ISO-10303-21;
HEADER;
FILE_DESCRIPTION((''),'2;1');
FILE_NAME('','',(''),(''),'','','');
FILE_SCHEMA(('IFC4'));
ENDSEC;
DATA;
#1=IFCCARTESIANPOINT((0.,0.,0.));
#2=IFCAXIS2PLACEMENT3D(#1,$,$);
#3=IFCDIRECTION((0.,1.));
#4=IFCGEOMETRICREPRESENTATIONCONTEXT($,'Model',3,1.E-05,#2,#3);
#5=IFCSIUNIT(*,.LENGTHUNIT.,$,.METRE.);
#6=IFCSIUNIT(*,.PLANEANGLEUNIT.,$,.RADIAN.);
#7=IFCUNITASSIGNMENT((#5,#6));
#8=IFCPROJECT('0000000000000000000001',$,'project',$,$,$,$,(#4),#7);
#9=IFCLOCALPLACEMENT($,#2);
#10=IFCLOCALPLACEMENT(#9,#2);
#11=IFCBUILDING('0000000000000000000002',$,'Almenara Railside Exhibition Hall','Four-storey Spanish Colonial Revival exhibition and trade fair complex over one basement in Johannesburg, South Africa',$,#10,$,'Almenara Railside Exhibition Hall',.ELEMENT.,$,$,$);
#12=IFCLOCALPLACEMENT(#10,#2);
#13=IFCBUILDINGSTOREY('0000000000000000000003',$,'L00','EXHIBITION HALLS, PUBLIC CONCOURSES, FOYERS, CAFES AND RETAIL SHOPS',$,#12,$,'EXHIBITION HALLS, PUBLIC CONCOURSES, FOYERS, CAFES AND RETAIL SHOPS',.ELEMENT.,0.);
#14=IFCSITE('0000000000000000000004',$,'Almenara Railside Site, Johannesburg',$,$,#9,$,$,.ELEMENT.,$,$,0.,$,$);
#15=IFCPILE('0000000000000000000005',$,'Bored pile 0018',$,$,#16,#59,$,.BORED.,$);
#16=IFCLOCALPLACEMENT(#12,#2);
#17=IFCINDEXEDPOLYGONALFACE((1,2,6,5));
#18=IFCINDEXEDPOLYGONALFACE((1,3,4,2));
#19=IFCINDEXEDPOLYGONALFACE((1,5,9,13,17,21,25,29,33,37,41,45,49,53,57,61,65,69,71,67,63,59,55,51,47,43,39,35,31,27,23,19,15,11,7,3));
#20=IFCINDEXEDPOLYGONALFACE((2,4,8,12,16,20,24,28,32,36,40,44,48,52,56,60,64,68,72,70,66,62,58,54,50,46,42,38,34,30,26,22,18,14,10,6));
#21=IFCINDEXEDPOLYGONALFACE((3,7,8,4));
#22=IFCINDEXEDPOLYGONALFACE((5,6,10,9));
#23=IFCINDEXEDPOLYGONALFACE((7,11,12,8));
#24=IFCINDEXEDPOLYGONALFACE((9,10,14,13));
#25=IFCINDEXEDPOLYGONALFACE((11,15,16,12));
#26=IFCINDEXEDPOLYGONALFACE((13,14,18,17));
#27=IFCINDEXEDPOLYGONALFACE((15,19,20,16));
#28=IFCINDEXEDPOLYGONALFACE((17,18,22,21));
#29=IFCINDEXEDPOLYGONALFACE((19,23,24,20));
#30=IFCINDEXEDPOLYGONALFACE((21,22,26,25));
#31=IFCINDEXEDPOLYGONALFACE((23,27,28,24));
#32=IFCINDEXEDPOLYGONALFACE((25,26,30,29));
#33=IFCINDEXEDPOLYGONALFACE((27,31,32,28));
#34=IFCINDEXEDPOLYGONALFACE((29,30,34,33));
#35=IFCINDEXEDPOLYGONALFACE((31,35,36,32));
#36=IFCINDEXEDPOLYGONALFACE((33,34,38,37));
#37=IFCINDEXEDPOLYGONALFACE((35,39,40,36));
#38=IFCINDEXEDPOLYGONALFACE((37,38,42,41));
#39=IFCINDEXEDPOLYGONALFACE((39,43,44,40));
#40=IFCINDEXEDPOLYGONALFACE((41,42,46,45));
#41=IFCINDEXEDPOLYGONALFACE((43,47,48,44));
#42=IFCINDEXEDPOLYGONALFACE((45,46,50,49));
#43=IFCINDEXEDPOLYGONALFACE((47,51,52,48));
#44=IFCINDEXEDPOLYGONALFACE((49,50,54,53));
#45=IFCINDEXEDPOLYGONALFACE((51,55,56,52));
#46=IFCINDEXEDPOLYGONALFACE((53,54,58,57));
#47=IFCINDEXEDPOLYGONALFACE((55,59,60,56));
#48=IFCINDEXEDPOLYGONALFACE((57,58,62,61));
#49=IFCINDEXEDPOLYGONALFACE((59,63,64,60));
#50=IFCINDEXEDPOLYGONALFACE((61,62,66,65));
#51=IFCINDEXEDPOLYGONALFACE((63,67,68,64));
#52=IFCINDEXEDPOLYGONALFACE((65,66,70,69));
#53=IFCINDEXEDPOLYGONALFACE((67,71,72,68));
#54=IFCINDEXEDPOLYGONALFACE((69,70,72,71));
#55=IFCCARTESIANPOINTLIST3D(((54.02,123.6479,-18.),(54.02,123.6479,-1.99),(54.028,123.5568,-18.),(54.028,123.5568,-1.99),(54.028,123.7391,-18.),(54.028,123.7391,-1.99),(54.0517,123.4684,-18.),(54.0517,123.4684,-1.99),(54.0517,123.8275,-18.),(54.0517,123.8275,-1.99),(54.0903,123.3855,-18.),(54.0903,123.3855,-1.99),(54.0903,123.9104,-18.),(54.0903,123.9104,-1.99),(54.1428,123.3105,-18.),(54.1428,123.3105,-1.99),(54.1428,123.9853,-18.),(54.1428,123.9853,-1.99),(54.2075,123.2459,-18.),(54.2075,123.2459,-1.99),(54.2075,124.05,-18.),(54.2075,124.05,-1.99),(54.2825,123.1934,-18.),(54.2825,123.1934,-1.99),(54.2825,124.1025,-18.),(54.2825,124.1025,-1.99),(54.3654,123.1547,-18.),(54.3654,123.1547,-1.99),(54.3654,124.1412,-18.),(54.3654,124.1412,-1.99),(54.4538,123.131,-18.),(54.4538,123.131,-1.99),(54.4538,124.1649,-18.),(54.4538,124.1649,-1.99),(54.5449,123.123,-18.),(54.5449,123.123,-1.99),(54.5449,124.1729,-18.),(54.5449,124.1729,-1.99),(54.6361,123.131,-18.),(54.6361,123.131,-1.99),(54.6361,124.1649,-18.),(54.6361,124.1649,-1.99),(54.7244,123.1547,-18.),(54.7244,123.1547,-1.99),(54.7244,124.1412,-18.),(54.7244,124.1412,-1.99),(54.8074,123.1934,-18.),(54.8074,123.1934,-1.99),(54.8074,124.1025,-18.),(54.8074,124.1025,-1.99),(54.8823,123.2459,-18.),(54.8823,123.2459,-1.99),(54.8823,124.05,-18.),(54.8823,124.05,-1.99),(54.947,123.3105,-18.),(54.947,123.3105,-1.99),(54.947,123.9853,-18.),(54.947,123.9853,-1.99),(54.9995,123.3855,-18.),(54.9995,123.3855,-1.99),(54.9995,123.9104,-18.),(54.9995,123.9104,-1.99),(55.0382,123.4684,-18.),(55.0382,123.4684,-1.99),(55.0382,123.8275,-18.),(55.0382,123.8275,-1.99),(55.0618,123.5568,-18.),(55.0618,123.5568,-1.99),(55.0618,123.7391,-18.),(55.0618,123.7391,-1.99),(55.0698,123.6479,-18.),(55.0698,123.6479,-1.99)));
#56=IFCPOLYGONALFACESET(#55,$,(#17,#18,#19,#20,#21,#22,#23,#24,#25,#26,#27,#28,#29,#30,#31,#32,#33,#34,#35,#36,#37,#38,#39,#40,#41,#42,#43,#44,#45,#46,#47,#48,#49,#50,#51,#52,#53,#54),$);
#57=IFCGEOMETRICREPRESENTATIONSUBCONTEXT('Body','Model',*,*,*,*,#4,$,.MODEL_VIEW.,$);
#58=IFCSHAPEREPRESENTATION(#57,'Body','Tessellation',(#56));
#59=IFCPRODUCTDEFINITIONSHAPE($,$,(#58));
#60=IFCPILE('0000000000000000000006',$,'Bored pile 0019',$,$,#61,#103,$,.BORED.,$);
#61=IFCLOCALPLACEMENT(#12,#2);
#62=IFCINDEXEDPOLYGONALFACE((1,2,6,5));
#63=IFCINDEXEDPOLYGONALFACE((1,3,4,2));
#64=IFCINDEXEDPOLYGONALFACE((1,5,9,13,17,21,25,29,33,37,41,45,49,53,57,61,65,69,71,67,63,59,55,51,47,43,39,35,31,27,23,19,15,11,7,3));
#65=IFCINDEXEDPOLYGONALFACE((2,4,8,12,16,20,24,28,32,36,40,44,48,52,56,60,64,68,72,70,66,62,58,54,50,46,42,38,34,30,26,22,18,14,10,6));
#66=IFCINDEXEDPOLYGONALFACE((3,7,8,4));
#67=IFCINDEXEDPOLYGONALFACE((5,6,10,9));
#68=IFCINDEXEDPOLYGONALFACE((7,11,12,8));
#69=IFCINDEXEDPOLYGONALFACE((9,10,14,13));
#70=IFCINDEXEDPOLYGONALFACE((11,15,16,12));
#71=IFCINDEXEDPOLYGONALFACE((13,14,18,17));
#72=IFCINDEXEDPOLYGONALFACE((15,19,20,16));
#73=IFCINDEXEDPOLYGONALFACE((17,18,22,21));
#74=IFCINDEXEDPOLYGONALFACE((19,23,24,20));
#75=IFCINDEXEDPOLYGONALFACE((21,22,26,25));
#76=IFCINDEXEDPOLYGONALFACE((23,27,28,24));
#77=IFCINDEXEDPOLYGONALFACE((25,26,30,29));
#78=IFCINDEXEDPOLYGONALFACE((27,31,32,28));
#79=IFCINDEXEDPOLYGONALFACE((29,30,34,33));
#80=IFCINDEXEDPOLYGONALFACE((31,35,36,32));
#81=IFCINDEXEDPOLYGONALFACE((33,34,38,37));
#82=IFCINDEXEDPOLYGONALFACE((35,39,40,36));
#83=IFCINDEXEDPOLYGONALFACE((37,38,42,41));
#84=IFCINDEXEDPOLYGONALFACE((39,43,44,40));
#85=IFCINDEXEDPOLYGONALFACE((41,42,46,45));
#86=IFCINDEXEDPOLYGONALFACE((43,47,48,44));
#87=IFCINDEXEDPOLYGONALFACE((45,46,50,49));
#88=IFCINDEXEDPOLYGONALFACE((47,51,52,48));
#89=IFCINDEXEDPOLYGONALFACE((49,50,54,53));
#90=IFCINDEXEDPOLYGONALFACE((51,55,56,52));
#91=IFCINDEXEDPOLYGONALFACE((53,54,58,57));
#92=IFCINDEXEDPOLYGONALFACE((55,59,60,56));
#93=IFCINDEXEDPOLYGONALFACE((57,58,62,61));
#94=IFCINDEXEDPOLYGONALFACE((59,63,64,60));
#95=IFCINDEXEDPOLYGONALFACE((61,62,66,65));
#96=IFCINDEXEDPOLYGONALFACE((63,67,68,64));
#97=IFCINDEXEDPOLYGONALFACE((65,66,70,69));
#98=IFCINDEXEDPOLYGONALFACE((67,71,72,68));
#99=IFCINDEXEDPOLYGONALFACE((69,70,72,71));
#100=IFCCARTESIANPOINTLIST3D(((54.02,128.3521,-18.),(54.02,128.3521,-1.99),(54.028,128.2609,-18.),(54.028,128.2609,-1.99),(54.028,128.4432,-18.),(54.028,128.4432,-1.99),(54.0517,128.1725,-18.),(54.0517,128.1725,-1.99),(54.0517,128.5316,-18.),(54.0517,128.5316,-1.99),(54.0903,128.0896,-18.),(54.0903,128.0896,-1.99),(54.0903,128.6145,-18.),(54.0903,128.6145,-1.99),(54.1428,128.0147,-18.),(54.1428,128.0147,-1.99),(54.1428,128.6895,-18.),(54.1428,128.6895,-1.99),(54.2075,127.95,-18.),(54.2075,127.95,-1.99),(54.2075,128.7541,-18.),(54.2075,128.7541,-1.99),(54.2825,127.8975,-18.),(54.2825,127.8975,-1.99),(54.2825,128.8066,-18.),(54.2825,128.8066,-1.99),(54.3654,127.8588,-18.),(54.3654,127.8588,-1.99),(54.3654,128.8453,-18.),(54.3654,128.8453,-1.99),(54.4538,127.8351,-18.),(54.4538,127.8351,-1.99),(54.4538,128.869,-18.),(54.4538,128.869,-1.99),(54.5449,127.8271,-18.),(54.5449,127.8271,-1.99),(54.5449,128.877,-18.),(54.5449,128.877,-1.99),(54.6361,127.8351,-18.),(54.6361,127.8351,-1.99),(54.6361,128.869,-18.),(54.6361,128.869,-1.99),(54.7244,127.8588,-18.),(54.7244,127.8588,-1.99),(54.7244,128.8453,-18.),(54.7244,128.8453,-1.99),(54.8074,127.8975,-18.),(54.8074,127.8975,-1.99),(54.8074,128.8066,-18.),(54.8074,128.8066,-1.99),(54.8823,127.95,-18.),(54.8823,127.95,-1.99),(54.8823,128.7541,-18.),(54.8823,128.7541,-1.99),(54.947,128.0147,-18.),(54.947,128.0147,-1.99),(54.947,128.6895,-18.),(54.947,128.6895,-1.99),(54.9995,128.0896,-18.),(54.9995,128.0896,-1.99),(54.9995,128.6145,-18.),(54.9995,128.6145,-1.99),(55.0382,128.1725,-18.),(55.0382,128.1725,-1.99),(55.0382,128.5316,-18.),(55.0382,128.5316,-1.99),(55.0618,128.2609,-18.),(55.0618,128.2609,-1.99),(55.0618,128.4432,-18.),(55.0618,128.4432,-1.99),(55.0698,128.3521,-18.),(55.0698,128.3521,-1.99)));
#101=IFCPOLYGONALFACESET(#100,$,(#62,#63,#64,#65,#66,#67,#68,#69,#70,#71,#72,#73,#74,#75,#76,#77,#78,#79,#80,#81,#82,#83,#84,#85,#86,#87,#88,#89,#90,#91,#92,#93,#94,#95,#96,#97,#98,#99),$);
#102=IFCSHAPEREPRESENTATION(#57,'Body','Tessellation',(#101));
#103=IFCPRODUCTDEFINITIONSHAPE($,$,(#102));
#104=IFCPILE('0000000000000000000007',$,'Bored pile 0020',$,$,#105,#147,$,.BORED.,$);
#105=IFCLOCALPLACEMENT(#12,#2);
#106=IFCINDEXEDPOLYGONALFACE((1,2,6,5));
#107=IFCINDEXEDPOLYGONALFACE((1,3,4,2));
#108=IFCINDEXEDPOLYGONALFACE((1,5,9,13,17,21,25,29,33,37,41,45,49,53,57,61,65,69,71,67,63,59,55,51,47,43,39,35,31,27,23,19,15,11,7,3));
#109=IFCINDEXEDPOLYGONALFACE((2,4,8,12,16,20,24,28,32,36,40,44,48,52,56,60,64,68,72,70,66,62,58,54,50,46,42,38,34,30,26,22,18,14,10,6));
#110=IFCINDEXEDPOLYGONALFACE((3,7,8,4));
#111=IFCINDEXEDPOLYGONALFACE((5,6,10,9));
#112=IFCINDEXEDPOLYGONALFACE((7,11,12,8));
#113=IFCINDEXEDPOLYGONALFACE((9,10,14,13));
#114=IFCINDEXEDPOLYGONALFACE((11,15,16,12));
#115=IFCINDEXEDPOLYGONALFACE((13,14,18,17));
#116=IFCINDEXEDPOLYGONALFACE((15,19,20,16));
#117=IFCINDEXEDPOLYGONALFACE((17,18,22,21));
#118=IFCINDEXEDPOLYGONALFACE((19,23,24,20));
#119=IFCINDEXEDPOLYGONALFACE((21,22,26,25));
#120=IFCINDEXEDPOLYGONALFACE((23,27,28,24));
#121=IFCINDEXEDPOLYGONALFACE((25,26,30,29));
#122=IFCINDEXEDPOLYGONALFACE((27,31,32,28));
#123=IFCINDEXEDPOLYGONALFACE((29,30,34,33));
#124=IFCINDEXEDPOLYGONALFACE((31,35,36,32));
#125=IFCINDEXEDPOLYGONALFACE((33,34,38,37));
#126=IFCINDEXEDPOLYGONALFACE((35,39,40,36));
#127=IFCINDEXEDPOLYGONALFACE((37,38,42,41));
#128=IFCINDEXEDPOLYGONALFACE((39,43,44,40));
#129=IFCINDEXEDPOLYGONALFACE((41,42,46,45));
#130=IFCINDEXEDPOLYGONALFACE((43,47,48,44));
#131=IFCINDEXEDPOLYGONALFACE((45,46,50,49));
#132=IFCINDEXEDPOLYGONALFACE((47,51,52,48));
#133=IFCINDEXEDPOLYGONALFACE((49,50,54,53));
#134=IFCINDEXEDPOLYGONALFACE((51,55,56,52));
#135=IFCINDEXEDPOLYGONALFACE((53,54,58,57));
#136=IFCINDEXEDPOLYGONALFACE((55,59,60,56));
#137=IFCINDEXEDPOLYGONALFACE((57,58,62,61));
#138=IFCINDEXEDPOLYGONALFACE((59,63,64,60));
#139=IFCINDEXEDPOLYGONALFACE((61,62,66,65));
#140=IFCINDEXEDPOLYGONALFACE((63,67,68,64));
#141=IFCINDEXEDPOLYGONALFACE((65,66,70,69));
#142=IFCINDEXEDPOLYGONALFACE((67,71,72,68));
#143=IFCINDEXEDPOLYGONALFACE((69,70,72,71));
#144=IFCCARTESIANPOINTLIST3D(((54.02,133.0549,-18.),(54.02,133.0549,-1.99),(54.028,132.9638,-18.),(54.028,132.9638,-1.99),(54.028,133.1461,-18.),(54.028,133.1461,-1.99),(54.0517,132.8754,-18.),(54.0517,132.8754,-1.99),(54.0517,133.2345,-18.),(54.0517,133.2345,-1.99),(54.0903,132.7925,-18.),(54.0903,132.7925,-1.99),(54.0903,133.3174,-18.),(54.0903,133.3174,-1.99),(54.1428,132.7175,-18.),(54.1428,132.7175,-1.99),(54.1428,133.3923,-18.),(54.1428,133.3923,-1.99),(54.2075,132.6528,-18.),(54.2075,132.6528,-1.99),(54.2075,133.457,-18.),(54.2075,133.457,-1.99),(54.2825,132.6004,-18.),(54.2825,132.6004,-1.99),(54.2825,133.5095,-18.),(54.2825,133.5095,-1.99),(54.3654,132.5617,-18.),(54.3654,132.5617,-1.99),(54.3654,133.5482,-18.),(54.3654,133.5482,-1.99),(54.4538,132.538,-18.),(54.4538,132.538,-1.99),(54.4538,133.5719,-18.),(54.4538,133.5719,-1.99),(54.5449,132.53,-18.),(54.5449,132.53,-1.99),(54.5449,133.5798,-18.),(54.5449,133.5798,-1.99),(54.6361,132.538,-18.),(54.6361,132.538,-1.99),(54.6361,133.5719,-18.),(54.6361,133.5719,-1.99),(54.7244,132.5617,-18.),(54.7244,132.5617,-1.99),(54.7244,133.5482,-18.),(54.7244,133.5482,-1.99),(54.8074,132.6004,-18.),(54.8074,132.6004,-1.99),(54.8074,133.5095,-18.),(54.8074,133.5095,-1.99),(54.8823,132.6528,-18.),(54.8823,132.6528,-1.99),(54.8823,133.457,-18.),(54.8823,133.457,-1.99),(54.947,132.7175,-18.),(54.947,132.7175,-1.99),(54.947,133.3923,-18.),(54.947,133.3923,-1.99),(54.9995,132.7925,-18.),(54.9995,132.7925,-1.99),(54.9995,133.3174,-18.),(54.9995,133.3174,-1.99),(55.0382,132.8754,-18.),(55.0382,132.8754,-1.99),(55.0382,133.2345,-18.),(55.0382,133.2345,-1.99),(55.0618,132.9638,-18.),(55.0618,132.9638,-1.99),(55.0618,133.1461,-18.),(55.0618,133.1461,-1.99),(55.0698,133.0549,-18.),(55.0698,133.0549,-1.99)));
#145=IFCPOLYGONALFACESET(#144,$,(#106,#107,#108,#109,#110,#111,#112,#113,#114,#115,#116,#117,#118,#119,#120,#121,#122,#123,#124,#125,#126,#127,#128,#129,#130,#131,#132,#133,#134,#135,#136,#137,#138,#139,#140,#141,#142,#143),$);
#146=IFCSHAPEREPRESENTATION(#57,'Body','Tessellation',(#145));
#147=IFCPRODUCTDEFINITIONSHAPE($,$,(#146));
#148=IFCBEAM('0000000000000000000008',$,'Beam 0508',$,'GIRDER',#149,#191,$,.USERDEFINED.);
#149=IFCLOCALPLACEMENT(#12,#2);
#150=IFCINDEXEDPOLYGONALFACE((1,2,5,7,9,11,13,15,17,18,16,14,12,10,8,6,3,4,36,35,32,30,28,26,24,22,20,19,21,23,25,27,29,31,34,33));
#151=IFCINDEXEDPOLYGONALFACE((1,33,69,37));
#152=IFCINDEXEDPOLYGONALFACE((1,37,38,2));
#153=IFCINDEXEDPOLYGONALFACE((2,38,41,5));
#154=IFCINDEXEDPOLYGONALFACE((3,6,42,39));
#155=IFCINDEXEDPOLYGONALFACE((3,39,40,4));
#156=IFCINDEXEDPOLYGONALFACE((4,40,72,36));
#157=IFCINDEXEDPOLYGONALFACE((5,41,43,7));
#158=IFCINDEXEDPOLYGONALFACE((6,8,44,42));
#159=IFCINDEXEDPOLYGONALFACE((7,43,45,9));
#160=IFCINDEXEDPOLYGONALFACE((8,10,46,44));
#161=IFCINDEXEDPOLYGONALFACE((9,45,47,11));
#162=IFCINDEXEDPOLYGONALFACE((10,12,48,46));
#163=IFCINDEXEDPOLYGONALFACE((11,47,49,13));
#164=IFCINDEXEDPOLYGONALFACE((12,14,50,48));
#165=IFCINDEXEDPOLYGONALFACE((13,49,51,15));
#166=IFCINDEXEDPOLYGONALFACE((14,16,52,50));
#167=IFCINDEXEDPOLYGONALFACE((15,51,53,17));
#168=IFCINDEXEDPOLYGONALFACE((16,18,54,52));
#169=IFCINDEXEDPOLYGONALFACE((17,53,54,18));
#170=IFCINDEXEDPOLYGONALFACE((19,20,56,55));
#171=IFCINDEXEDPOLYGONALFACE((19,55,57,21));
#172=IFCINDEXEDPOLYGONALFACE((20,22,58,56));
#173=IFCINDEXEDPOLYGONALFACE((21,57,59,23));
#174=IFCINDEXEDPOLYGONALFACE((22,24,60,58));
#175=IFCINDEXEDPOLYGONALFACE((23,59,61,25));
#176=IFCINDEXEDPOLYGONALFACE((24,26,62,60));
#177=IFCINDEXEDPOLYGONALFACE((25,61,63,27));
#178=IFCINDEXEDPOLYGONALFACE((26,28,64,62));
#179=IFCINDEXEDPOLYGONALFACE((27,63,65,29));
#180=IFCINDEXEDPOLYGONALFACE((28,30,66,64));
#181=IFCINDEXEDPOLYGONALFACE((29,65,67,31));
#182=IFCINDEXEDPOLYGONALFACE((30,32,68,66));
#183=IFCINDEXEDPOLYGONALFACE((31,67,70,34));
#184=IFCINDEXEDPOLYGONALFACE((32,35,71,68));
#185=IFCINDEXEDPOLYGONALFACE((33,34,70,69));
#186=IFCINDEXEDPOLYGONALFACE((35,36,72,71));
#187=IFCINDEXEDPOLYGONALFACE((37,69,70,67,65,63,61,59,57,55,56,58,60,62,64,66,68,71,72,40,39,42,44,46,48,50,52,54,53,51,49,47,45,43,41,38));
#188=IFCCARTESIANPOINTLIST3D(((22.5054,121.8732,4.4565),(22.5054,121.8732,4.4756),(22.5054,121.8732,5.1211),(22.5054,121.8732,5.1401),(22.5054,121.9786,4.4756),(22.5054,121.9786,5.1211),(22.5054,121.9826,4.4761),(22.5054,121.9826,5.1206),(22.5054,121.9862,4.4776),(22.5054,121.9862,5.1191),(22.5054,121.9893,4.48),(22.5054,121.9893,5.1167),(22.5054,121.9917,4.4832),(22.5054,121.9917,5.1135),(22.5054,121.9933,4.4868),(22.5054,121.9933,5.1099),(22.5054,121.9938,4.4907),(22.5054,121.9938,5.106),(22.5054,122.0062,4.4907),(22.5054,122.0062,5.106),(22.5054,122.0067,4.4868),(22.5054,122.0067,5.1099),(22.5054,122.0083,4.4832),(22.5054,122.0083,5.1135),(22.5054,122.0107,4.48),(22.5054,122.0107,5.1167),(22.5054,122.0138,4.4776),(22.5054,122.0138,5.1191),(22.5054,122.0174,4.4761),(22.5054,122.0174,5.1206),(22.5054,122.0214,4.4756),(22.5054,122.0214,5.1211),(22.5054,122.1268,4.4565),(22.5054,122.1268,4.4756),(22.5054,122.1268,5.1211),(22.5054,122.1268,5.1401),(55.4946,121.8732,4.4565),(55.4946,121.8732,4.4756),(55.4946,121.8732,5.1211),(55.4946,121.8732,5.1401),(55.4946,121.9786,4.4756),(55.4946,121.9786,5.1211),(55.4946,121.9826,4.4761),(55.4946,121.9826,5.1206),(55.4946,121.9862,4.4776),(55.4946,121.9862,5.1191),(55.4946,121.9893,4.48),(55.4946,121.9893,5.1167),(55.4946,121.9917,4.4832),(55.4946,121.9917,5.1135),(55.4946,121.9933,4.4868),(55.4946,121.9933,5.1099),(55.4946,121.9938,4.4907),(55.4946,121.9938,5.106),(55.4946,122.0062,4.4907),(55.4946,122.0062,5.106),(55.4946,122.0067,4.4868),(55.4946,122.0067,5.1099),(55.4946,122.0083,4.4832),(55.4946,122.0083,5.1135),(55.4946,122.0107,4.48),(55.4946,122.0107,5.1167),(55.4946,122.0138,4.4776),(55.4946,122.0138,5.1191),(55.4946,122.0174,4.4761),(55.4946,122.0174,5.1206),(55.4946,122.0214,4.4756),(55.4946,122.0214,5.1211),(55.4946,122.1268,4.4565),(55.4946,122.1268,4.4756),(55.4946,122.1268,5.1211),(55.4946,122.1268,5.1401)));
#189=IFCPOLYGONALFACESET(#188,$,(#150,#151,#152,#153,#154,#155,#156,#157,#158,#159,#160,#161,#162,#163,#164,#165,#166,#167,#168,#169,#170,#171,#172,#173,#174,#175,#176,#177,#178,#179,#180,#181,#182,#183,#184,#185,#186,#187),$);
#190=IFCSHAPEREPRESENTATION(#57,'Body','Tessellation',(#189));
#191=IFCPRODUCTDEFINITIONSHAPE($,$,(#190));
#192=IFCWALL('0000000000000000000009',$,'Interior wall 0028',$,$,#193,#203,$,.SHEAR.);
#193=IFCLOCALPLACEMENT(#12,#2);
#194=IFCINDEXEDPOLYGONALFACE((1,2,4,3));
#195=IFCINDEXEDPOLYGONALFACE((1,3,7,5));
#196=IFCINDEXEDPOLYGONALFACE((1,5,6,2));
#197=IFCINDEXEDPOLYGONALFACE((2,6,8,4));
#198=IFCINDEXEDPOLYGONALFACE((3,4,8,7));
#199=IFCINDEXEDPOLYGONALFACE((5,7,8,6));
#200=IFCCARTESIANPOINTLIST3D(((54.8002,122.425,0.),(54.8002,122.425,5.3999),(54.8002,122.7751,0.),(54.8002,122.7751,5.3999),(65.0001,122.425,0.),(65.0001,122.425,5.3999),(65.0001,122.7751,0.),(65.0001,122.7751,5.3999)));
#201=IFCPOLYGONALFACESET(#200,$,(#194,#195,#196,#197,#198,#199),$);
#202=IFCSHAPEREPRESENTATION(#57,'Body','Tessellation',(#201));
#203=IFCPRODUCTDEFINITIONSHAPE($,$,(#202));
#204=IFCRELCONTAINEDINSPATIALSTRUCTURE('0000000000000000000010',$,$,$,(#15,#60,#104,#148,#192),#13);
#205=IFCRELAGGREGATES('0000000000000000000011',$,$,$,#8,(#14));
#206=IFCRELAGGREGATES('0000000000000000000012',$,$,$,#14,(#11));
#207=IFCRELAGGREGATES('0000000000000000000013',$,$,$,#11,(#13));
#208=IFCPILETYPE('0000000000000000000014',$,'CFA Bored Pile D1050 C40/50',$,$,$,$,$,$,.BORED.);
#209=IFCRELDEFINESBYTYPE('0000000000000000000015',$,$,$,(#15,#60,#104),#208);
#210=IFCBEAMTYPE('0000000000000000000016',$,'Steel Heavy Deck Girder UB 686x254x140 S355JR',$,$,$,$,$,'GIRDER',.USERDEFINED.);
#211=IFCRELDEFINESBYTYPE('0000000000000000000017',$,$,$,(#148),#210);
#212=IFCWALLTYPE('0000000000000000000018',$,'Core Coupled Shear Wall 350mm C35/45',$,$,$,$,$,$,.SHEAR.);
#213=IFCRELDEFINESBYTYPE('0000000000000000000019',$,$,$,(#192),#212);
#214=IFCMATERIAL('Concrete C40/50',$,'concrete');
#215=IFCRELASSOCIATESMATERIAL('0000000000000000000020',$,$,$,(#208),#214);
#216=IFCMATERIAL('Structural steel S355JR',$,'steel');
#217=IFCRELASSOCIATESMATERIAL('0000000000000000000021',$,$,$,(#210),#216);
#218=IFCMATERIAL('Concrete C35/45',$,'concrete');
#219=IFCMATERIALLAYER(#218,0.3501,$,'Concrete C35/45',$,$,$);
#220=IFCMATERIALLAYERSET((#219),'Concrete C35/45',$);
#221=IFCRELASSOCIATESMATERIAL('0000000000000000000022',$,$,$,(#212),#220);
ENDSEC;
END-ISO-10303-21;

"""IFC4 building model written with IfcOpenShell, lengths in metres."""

from ifc_helpers import new_model, si_unit, direction, frame, frame_2d, origin, origin_2d, place, context, subcontext, project, spatial, rectangle, circle, i_section, extrude, material, layer, layer_set, material_profile, profile_set, type_object, element, save


model = new_model("IFC4")

# Units and contexts
model_context = context("Model", 3, precision=1e-05, world=origin(), true_north=direction((0.0, 1.0)))
body_context = subcontext(model_context, "Body", "Model", "MODEL_VIEW")
ifc_project = project(units=[si_unit("LENGTHUNIT", "METRE"), si_unit("PLANEANGLEUNIT", "RADIAN")], contexts=[model_context])

# Site, building, storey
site_placement = place(None, origin())
site = spatial("IfcSite", under=ifc_project, at=site_placement, Name="Almenara Railside Site, Johannesburg", CompositionType="ELEMENT", RefElevation=0.0)
building_placement = place(site_placement, origin())
building = spatial("IfcBuilding", under=site, at=building_placement, Name="Almenara Railside Exhibition Hall", Description="Four-storey Spanish Colonial Revival exhibition and trade fair complex over one basement in Johannesburg, South Africa", LongName="Almenara Railside Exhibition Hall", CompositionType="ELEMENT")
storey_placement = place(building_placement, origin())
storey = spatial("IfcBuildingStorey", under=building, at=storey_placement, Name="L00", Description="EXHIBITION HALLS, PUBLIC CONCOURSES, FOYERS, CAFES AND RETAIL SHOPS", LongName="EXHIBITION HALLS, PUBLIC CONCOURSES, FOYERS, CAFES AND RETAIL SHOPS", CompositionType="ELEMENT", Elevation=0.0)

# Piles
ifc_material_1 = material(Name="Concrete C40/50", Category="concrete")
ifc_material_profile_1 = material_profile(ifc_material_1, circle(Radius=0.5249, at=origin_2d()), Name="CFA-PILE D1050")
ifc_profile_set_1 = profile_set([ifc_material_profile_1], Name="Concrete C40/50")
pile_type = type_object("IfcPileType", Name="CFA Bored Pile D1050 C40/50", PredefinedType="BORED", material=ifc_profile_set_1)
for number, where, z_axis, x_axis, name in (
    (1, (54.5449, 123.6479, -1.99), (0.0, 0.0, -1.0), (1.0, 0.0, 0.0), "Bored pile 0018"),
    (2, (54.5449, 128.3521, -1.99), (0.0, 0.0, -1.0), (1.0, 0.0, 0.0), "Bored pile 0019"),
    (3, (54.5449, 133.0549, -1.99), (0.0, 0.0, -1.0), (1.0, 0.0, 0.0), "Bored pile 0020"),
):
    element("IfcPile", number, at=place(storey_placement, frame(where, z_axis=z_axis, x_axis=x_axis)), inside=storey, type_object=pile_type, Name=name, PredefinedType="BORED", context=body_context, shape_type="SweptSolid", body=[
        extrude(circle(Radius=0.5249, at=origin_2d()), origin(), (0.0, 0.0, 1.0), 16.01),
    ])

# Beam
ifc_material_2 = material(Name="Structural steel S355JR", Category="steel")
ifc_material_profile_2 = material_profile(ifc_material_2, i_section(OverallWidth=0.2537, OverallDepth=0.6836, WebThickness=0.0125, FlangeThickness=0.019, FilletRadius=0.0151, at=origin_2d()), Name="UB 686x254x140")
ifc_profile_set_2 = profile_set([ifc_material_profile_2], Name="Structural steel S355JR")
beam_type = type_object("IfcBeamType", Name="Steel Heavy Deck Girder UB 686x254x140 S355JR", ElementType="GIRDER", PredefinedType="USERDEFINED", material=ifc_profile_set_2)
beam_placement = place(storey_placement, frame((22.5054, 122.0, 4.7983), z_axis=(1.0, 0.0, 0.0), x_axis=(0.0, 1.0, 0.0)))
element("IfcBeam", 4, at=beam_placement, inside=storey, type_object=beam_type, Name="Beam 0508", ObjectType="GIRDER", PredefinedType="USERDEFINED", context=body_context, shape_type="SweptSolid", body=[
    extrude(i_section(OverallWidth=0.2537, OverallDepth=0.6836, WebThickness=0.0125, FlangeThickness=0.019, FilletRadius=0.0151, at=origin_2d()), origin(), (0.0, 0.0, 1.0), 32.9893),
])

# Wall
ifc_material_3 = material(Name="Concrete C35/45", Category="concrete")
ifc_layer_1 = layer(ifc_material_3, 0.3501, Name="Concrete C35/45")
ifc_layer_set_1 = layer_set([ifc_layer_1], Name="Concrete C35/45")
wall_type_1 = type_object("IfcWallType", Name="Core Coupled Shear Wall 350mm C35/45", PredefinedType="SHEAR", material=ifc_layer_set_1)
wall_1_placement = place(storey_placement, frame((54.8, 122.6001, 0.0), z_axis=(0.0, 0.0, 1.0), x_axis=(1.0, 0.0, 0.0)))
element("IfcWall", 5, at=wall_1_placement, inside=storey, type_object=wall_type_1, Name="Interior wall 0028", PredefinedType="SHEAR", context=body_context, shape_type="SweptSolid", body=[
    extrude(rectangle(XDim=10.2, YDim=0.3501, at=frame_2d((5.1001, 0.0))), origin(), (0.0, 0.0, 1.0), 5.3999),
])

save(model, "model.ifc")
